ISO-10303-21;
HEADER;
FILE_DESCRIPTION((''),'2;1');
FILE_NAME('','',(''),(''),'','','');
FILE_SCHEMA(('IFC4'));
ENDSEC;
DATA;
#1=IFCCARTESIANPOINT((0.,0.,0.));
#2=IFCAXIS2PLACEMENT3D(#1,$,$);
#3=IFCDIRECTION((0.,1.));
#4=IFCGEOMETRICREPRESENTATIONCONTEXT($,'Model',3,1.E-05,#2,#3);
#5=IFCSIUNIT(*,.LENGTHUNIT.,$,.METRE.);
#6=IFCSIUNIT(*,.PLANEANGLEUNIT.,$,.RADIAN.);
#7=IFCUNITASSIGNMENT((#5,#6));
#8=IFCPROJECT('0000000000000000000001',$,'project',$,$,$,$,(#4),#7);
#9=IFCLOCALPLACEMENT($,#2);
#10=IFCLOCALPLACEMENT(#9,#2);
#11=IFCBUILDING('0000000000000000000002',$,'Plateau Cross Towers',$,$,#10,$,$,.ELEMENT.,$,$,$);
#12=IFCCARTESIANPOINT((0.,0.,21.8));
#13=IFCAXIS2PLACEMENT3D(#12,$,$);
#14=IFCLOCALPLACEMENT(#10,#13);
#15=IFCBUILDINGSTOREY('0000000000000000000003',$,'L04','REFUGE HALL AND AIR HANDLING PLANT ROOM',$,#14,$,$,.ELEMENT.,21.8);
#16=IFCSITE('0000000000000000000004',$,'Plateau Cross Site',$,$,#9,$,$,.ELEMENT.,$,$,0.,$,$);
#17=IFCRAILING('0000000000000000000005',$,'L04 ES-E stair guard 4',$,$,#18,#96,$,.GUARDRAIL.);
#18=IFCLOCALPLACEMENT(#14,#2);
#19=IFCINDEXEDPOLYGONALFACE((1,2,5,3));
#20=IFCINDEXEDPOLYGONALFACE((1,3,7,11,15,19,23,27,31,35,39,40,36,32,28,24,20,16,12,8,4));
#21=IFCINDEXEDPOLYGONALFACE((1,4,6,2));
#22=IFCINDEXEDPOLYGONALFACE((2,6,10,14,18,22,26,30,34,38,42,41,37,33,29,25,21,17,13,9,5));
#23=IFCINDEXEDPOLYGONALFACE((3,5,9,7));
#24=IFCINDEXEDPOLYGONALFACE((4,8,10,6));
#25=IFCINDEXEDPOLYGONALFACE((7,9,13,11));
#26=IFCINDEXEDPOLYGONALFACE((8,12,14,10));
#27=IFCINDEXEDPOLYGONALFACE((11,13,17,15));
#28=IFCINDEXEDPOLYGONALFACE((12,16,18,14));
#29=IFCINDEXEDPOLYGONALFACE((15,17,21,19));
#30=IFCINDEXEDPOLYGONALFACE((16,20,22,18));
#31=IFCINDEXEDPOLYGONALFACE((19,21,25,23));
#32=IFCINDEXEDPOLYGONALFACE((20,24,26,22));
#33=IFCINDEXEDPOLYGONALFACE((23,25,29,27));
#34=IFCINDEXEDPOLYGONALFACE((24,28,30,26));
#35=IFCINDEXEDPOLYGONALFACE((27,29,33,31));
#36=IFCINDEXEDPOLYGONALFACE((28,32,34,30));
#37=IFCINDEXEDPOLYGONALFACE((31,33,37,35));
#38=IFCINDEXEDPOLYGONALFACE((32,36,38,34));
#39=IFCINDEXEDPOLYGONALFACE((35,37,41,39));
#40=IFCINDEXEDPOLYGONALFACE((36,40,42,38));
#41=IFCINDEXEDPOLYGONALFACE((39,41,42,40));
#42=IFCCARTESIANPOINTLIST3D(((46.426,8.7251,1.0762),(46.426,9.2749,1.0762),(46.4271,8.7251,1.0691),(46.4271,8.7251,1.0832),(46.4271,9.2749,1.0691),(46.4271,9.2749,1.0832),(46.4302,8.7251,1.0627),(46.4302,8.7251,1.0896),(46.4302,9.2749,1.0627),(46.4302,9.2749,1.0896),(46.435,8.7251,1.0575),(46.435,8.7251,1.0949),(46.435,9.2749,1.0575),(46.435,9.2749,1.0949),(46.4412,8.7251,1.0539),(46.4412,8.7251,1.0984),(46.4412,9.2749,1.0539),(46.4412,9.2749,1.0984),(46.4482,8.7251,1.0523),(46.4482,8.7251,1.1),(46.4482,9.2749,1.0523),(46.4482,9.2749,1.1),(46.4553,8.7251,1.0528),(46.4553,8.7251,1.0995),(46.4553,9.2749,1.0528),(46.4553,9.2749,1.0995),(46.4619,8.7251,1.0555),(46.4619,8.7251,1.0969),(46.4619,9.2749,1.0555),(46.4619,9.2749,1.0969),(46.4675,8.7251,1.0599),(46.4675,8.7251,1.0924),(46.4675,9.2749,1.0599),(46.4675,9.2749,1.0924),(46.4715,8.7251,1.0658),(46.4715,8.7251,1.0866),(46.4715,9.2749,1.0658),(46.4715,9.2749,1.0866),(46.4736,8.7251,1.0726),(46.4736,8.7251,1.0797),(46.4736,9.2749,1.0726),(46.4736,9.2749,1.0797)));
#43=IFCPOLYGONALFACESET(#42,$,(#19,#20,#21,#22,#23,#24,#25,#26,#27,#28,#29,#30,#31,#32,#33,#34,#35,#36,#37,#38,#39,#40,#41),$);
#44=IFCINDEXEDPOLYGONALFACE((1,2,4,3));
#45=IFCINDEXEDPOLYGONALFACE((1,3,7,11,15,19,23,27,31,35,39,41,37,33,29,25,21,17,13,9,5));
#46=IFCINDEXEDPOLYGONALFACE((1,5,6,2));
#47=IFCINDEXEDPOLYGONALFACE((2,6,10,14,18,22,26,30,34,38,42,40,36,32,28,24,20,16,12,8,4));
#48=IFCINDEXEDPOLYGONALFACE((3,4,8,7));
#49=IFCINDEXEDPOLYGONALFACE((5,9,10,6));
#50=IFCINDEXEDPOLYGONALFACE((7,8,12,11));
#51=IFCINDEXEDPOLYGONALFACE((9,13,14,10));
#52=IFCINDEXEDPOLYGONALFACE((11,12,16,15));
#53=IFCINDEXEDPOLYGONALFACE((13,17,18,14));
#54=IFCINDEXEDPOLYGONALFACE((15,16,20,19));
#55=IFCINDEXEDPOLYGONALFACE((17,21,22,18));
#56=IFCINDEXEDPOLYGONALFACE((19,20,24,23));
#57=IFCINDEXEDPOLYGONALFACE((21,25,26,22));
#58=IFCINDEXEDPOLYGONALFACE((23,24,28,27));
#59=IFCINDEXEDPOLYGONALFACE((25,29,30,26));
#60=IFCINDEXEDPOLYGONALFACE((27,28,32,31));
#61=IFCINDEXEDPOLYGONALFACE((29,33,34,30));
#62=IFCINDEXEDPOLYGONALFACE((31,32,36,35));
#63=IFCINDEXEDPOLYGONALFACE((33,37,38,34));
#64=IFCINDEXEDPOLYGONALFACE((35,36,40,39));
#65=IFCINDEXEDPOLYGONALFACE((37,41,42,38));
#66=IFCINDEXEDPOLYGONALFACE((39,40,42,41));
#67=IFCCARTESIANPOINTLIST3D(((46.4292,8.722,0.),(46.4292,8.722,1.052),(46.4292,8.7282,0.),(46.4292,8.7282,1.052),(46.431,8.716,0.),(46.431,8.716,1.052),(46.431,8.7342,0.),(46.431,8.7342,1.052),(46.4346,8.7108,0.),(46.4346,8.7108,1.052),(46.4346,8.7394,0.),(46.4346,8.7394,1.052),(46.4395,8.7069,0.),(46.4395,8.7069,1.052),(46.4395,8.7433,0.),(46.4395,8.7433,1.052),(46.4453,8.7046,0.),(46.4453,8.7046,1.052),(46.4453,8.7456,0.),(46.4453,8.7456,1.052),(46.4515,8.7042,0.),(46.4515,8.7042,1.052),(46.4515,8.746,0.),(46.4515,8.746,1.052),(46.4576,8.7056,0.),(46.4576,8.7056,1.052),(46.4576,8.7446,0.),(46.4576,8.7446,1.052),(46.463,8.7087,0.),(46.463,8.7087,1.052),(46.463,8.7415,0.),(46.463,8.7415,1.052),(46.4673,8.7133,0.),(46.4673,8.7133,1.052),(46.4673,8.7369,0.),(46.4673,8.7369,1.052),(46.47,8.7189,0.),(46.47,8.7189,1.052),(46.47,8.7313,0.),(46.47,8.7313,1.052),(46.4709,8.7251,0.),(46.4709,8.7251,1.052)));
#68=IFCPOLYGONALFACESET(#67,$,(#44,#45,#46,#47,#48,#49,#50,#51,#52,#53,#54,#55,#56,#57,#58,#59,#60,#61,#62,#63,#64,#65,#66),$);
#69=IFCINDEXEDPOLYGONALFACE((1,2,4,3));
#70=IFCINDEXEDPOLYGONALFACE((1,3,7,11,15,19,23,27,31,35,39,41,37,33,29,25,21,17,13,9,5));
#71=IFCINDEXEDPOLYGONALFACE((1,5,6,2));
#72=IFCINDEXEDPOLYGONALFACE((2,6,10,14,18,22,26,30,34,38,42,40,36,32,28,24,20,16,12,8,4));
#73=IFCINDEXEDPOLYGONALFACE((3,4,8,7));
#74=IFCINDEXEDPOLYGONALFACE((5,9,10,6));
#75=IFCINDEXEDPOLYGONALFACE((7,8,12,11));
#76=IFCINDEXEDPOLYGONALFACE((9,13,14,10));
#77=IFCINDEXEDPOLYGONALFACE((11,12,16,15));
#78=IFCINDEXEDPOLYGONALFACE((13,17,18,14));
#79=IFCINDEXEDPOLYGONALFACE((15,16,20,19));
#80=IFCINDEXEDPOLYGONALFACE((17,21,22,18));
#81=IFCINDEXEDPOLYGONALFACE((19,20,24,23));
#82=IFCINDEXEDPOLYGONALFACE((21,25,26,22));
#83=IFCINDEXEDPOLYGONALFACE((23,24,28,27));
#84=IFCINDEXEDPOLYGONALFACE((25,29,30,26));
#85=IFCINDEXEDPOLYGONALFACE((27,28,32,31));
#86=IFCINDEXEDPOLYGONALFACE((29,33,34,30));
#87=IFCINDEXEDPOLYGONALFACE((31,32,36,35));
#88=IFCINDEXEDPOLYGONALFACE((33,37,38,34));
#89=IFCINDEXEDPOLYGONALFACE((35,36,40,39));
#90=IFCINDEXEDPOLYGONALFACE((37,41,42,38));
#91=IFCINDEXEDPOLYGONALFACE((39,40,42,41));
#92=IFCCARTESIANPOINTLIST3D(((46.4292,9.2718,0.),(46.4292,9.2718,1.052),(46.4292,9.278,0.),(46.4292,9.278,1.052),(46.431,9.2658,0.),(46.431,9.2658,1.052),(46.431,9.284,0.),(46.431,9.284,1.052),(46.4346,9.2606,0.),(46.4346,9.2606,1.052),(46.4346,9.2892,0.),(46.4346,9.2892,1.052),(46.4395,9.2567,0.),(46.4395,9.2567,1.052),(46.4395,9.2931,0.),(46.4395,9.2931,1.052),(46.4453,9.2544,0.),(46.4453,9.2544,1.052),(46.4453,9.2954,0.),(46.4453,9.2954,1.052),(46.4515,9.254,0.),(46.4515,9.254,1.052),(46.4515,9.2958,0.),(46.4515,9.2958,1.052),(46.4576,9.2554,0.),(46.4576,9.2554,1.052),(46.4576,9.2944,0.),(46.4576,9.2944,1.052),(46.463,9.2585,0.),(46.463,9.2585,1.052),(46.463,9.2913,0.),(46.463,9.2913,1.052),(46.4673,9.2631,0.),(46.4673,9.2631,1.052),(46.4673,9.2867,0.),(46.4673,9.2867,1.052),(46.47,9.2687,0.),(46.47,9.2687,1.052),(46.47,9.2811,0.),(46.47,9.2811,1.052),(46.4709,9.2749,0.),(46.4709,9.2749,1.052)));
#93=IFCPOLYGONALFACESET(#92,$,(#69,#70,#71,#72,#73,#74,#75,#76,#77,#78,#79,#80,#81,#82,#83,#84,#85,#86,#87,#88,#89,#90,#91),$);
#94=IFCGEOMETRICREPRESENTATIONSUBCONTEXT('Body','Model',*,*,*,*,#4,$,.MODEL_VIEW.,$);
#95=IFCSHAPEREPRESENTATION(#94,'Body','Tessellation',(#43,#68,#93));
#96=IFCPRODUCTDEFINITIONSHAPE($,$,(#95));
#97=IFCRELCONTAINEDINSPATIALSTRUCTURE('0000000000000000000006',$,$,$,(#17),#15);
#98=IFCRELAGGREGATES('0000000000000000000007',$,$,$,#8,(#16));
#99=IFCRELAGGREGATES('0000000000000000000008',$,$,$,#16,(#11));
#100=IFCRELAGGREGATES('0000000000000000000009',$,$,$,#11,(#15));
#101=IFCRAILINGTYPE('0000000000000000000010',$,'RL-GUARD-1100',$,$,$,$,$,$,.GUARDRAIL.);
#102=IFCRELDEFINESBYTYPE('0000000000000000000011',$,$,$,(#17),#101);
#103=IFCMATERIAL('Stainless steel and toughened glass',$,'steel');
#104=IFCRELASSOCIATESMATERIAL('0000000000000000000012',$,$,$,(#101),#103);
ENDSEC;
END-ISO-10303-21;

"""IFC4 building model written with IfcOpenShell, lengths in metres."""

from ifc_helpers import new_model, si_unit, direction, frame, origin, origin_2d, place, context, subcontext, project, spatial, circle, extrude, material, type_object, element, save


model = new_model("IFC4")

# Units and contexts
model_context = context("Model", 3, precision=1e-05, world=origin(), true_north=direction((0.0, 1.0)))
body_context = subcontext(model_context, "Body", "Model", "MODEL_VIEW")
ifc_project = project(units=[si_unit("LENGTHUNIT", "METRE"), si_unit("PLANEANGLEUNIT", "RADIAN")], contexts=[model_context])

# Site, building, storey
site_placement = place(None, origin())
site = spatial("IfcSite", under=ifc_project, at=site_placement, Name="Plateau Cross Site", CompositionType="ELEMENT", RefElevation=0.0)
building_placement = place(site_placement, origin())
building = spatial("IfcBuilding", under=site, at=building_placement, Name="Plateau Cross Towers", CompositionType="ELEMENT")
storey_placement = place(building_placement, frame((0.0, 0.0, 21.8)))
storey = spatial("IfcBuildingStorey", under=building, at=storey_placement, Name="L04", Description="REFUGE HALL AND AIR HANDLING PLANT ROOM", CompositionType="ELEMENT", Elevation=21.8)

# Railing
ifc_material_1 = material(Name="Stainless steel and toughened glass", Category="steel")
railing_type_1 = type_object("IfcRailingType", Name="RL-GUARD-1100", PredefinedType="GUARDRAIL", material=ifc_material_1)
railing_1_placement = place(storey_placement, frame((46.45, 8.7251, 0.0)))
element("IfcRailing", 1, at=railing_1_placement, inside=storey, type_object=railing_type_1, Name="L04 ES-E stair guard 4", PredefinedType="GUARDRAIL", context=body_context, shape_type="SweptSolid", body=[
    extrude(circle(Radius=0.0239, at=origin_2d()), frame((0.0, 0.0, 1.0762), z_axis=(0.0, 1.0, 0.0), x_axis=(-1.0, 0.0, 0.0)), (0.0, 0.0, 1.0), 0.5498),
    extrude(circle(Radius=0.021, at=origin_2d()), origin(), (0.0, 0.0, 1.0), 1.052),
    extrude(circle(Radius=0.021, at=origin_2d()), frame((0.0, 0.5498, 0.0)), (0.0, 0.0, 1.0), 1.052),
])

save(model, "model.ifc")
